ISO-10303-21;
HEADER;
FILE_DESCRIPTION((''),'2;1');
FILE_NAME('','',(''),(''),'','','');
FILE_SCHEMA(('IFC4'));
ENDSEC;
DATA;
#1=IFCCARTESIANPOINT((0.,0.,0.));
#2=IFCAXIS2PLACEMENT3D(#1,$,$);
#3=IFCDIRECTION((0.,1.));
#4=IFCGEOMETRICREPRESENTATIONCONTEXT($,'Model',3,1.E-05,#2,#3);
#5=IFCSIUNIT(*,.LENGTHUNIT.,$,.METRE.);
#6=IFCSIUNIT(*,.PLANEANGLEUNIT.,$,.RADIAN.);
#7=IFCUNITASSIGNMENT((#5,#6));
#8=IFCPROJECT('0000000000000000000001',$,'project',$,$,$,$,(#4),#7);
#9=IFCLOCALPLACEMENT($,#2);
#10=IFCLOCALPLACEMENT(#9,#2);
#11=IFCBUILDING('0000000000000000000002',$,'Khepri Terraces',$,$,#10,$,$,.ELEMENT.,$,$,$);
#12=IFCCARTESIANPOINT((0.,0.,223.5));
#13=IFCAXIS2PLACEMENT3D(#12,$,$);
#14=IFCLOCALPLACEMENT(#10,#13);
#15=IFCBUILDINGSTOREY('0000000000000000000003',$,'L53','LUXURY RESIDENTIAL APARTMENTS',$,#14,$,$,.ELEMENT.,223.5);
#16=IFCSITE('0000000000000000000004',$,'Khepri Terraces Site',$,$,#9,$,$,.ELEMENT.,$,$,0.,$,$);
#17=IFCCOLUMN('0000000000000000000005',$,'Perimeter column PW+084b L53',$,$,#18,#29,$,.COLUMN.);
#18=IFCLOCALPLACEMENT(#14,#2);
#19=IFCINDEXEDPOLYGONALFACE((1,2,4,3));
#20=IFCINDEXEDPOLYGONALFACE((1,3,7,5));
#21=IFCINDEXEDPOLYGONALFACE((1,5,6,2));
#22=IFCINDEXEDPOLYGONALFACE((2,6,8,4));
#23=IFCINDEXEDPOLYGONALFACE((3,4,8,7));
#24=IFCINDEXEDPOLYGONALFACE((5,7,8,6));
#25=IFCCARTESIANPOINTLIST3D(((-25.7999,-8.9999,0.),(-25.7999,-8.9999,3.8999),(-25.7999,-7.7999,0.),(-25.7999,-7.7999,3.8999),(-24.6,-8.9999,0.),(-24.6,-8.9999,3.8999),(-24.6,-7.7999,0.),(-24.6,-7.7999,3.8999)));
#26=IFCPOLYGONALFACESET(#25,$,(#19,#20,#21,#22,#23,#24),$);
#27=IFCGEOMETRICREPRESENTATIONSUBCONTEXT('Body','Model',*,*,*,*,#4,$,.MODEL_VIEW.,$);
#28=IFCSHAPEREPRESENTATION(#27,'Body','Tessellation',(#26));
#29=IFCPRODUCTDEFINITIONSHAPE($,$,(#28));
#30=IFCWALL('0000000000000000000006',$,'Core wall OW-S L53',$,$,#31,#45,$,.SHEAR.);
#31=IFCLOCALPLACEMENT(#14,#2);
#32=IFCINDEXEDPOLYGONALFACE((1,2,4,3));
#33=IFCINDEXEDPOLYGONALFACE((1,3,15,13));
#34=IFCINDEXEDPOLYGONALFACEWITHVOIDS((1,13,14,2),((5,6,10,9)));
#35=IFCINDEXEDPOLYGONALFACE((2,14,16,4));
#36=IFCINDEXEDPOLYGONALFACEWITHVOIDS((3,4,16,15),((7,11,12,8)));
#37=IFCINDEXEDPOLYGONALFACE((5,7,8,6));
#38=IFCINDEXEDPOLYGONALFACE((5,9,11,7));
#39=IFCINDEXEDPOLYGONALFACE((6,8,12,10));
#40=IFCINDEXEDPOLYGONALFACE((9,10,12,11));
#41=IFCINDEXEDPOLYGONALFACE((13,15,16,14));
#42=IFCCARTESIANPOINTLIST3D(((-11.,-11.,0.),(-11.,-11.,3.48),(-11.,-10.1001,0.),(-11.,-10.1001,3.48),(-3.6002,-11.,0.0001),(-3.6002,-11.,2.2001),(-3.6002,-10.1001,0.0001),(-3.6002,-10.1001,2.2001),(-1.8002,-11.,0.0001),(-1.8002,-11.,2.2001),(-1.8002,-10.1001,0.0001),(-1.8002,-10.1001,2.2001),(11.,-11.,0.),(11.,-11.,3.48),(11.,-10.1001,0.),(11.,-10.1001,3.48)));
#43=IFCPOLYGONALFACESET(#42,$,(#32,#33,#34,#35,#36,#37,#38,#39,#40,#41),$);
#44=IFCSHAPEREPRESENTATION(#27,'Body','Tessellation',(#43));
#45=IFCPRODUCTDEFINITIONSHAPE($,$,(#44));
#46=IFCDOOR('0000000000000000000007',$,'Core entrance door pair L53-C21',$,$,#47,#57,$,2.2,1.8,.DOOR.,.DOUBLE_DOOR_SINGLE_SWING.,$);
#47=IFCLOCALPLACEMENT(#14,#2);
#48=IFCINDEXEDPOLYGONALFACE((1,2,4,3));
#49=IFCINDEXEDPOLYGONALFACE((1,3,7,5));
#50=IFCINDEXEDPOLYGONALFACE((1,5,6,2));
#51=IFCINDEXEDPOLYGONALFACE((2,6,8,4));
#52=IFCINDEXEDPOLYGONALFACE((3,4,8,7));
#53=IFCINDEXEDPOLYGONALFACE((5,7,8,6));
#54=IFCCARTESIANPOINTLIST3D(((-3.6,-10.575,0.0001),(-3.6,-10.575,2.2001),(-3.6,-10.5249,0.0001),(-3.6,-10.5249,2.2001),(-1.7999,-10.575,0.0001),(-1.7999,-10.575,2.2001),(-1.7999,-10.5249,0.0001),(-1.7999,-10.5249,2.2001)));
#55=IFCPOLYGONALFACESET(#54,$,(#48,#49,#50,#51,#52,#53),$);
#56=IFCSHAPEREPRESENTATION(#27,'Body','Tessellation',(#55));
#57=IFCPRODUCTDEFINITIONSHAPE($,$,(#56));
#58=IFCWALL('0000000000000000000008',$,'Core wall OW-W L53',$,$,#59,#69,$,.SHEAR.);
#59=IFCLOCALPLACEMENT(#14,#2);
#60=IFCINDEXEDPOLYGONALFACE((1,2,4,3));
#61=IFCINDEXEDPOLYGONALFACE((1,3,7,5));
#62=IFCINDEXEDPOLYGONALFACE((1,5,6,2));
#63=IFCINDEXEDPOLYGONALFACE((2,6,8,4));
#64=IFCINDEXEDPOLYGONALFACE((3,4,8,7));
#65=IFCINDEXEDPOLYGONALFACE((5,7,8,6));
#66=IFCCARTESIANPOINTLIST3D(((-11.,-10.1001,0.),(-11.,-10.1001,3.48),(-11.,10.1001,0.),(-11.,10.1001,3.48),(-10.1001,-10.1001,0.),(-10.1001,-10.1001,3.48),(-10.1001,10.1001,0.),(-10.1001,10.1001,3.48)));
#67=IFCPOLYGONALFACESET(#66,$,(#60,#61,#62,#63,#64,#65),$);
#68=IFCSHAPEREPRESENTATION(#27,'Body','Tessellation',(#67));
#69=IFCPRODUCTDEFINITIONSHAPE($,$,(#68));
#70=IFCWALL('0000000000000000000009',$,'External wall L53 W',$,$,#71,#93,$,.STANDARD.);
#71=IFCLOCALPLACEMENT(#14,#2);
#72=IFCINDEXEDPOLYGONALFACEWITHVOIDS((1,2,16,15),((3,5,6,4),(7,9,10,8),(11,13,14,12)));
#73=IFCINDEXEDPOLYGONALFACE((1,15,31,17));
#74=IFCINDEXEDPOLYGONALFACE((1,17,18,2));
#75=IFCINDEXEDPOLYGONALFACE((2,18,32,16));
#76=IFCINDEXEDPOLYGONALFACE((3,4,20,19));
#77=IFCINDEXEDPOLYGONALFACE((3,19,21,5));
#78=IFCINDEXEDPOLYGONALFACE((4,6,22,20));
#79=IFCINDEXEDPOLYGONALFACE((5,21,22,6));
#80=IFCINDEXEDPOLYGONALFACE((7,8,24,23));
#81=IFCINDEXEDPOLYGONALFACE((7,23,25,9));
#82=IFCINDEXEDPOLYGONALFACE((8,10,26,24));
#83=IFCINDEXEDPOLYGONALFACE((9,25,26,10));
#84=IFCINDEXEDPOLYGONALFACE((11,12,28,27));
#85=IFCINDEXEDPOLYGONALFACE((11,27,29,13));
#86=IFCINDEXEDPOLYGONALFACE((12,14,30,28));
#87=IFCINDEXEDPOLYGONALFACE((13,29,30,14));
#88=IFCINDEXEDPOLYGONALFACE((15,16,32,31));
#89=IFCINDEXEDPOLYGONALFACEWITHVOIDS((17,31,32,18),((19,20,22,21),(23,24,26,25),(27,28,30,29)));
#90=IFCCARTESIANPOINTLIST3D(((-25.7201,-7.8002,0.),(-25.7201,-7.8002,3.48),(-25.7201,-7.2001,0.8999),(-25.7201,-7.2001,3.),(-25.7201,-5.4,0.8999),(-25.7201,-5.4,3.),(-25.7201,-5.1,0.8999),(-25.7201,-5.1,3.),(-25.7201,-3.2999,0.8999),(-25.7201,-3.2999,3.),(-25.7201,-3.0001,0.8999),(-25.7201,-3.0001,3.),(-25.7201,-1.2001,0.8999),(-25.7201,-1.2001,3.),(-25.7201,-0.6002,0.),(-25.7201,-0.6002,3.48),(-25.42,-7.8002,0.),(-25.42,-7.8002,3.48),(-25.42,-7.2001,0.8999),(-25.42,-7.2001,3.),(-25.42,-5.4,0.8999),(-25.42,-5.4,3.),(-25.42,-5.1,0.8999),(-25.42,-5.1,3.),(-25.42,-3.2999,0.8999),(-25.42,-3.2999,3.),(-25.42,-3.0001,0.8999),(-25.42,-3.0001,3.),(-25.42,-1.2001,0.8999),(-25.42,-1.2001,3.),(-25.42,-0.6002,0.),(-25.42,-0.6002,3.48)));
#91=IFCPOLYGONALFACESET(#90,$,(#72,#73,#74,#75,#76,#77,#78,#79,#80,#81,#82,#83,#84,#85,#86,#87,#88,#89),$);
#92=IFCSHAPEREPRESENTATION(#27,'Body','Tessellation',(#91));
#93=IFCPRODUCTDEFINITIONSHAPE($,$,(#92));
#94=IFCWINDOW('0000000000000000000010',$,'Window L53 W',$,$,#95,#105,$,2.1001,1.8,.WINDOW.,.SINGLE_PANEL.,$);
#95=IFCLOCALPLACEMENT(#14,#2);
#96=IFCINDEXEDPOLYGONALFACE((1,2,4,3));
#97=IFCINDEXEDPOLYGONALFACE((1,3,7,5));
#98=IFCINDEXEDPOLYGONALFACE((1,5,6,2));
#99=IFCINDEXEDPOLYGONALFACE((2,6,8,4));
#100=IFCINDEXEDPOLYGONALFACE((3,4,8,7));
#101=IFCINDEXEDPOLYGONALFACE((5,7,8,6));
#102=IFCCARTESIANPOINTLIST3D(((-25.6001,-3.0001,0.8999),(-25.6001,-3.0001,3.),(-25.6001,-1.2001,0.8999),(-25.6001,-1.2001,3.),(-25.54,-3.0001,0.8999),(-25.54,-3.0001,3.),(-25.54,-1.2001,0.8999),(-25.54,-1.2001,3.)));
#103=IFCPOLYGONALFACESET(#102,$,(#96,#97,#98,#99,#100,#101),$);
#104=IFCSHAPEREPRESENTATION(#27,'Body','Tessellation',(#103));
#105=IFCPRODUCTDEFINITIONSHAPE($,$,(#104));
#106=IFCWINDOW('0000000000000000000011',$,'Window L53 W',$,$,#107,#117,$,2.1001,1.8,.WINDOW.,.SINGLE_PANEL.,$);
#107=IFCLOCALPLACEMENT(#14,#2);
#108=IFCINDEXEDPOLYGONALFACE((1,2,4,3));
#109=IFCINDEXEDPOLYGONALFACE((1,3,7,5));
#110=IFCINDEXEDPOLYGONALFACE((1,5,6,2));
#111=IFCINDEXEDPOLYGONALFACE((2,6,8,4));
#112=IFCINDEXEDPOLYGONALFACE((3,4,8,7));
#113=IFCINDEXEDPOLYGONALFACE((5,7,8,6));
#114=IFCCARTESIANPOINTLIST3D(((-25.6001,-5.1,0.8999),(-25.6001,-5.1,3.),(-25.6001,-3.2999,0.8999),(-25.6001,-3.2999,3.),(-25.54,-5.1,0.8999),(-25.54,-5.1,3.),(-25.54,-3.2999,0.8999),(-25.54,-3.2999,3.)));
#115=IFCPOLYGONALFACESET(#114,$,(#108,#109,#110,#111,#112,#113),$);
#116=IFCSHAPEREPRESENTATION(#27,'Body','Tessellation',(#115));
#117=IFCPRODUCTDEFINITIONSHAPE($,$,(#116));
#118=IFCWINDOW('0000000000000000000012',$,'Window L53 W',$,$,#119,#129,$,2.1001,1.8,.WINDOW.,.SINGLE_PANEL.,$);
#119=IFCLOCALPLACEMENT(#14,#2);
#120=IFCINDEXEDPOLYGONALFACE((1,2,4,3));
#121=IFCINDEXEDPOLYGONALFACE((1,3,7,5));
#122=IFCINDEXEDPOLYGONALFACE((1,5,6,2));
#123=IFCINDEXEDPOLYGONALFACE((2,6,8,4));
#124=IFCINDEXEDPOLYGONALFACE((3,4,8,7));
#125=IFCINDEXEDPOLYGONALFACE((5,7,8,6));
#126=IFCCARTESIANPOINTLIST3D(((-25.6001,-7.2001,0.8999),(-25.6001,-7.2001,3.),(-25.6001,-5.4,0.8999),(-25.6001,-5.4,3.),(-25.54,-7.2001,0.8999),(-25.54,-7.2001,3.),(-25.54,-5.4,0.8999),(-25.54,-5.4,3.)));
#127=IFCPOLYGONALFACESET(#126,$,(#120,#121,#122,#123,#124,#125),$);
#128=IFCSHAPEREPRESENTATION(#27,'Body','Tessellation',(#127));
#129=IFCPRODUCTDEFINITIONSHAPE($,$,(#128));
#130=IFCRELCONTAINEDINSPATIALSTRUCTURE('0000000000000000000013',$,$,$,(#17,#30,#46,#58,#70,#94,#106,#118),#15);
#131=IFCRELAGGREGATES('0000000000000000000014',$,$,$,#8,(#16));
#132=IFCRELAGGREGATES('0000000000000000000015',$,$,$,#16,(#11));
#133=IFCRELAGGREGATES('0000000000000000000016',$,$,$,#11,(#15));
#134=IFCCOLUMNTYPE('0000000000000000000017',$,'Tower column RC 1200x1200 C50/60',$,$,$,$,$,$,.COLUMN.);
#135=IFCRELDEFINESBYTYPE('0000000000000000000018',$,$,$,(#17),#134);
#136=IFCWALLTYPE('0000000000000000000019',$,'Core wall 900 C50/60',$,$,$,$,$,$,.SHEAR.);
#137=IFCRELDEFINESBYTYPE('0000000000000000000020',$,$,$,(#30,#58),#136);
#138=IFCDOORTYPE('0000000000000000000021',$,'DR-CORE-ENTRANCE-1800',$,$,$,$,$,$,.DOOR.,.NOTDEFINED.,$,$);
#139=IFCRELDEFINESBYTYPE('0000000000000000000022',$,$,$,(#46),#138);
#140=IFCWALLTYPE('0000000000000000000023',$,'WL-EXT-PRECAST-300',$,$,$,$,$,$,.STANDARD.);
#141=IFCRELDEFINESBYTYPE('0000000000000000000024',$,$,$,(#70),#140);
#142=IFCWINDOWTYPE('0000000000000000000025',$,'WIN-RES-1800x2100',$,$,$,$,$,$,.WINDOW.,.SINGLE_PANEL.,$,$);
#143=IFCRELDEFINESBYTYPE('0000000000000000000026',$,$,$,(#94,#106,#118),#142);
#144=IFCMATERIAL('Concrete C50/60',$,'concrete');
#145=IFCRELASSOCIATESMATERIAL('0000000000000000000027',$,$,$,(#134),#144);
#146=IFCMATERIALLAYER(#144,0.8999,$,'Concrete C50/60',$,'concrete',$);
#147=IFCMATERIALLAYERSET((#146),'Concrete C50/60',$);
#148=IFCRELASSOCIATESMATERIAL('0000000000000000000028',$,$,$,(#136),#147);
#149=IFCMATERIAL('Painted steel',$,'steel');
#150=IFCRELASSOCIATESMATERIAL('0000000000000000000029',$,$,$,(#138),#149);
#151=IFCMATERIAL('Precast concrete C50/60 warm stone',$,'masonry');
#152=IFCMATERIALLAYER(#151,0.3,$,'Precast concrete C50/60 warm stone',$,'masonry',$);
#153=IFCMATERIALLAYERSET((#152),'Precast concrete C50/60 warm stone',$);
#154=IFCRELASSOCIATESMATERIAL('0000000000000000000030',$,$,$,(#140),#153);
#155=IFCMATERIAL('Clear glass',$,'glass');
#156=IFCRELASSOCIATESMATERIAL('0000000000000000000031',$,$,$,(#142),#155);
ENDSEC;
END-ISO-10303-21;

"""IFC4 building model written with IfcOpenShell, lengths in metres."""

from ifc_helpers import new_model, si_unit, direction, frame, frame_2d, origin, origin_2d, place, context, subcontext, project, spatial, rectangle, extrude, material, layer, layer_set, material_profile, profile_set, type_object, element, fill, save


model = new_model("IFC4")

# Units and contexts
model_context = context("Model", 3, precision=1e-05, world=origin(), true_north=direction((0.0, 1.0)))
body_context = subcontext(model_context, "Body", "Model", "MODEL_VIEW")
ifc_project = project(units=[si_unit("LENGTHUNIT", "METRE"), si_unit("PLANEANGLEUNIT", "RADIAN")], contexts=[model_context])

# Site, building, storey
site_placement = place(None, origin())
site = spatial("IfcSite", under=ifc_project, at=site_placement, Name="Khepri Terraces Site", CompositionType="ELEMENT", RefElevation=0.0)
building_placement = place(site_placement, origin())
building = spatial("IfcBuilding", under=site, at=building_placement, Name="Khepri Terraces", CompositionType="ELEMENT")
storey_placement = place(building_placement, frame((0.0, 0.0, 223.5)))
storey = spatial("IfcBuildingStorey", under=building, at=storey_placement, Name="L53", Description="LUXURY RESIDENTIAL APARTMENTS", CompositionType="ELEMENT", Elevation=223.5)

# Column
ifc_material_1 = material(Name="Concrete C50/60", Category="concrete")
ifc_material_profile = material_profile(ifc_material_1, rectangle(XDim=1.2, YDim=1.2, at=origin_2d()), Name="Concrete C50/60", Category="concrete")
ifc_profile_set = profile_set([ifc_material_profile], Name="Concrete C50/60")
column_type = type_object("IfcColumnType", Name="Tower column RC 1200x1200 C50/60", PredefinedType="COLUMN", material=ifc_profile_set)
column_placement = place(storey_placement, frame((-25.2, -8.3999, 0.0), z_axis=(0.0, 0.0, 1.0), x_axis=(1.0, 0.0, 0.0)))
element("IfcColumn", 1, at=column_placement, inside=storey, type_object=column_type, Name="Perimeter column PW+084b L53", PredefinedType="COLUMN", context=body_context, shape_type="SweptSolid", body=[
    extrude(rectangle(XDim=1.2, YDim=1.2, at=origin_2d()), origin(), (0.0, 0.0, 1.0), 3.8999),
])

# Wall, opening, door
ifc_layer_1 = layer(ifc_material_1, 0.8999, Name="Concrete C50/60", Category="concrete")
ifc_layer_set_1 = layer_set([ifc_layer_1], Name="Concrete C50/60")
wall_type_1 = type_object("IfcWallType", Name="Core wall 900 C50/60", PredefinedType="SHEAR", material=ifc_layer_set_1)
wall_1_placement = place(storey_placement, frame((-11.0, -10.55, 0.0), z_axis=(0.0, 0.0, 1.0), x_axis=(1.0, 0.0, 0.0)))
wall_1 = element("IfcWall", 2, at=wall_1_placement, inside=storey, type_object=wall_type_1, Name="Core wall OW-S L53", PredefinedType="SHEAR", context=body_context, shape_type="SweptSolid", body=[
    extrude(rectangle(XDim=22.0, YDim=0.8999, at=frame_2d((11.0, 0.0))), origin(), (0.0, 0.0, 1.0), 3.48),
])
opening_1_placement = place(wall_1_placement, frame((7.3999, 0.0, 0.0)))
opening_1 = element("IfcOpeningElement", 3, at=opening_1_placement, cuts=wall_1, PredefinedType="OPENING", context=body_context, shape_type="SweptSolid", body=[
    extrude(rectangle(XDim=1.8, YDim=2.2, at=frame_2d((0.8999, 1.1001))), frame((0.0, 0.46, 0.0), z_axis=(0.0, -1.0, 0.0), x_axis=(1.0, 0.0, 0.0)), (0.0, 0.0, 1.0), 0.9199),
])
ifc_material_2 = material(Name="Painted steel", Category="steel")
door_type_1 = type_object("IfcDoorType", Name="DR-CORE-ENTRANCE-1800", OperationType="NOTDEFINED", PredefinedType="DOOR", material=ifc_material_2)
door_1_placement = place(opening_1_placement, frame((1.8, 0.0, 0.0), z_axis=(0.0, 0.0, 1.0), x_axis=(-1.0, 0.0, 0.0)))
door_1 = element("IfcDoor", 4, at=door_1_placement, inside=storey, type_object=door_type_1, Name="Core entrance door pair L53-C21", OperationType="DOUBLE_DOOR_SINGLE_SWING", OverallHeight=2.2, OverallWidth=1.8, PredefinedType="DOOR", context=body_context, shape_type="SweptSolid", body=[
    extrude(rectangle(XDim=1.8, YDim=2.2, at=frame_2d((0.8999, 1.1001))), frame((0.0, 0.0249, 0.0), z_axis=(0.0, -1.0, 0.0), x_axis=(1.0, 0.0, 0.0)), (0.0, 0.0, 1.0), 0.05),
])
fill(opening_1, door_1)

# Wall
wall_2_placement = place(storey_placement, frame((-10.55, -10.1001, 0.0), z_axis=(0.0, 0.0, 1.0), x_axis=(0.0, 1.0, 0.0)))
element("IfcWall", 5, at=wall_2_placement, inside=storey, type_object=wall_type_1, Name="Core wall OW-W L53", PredefinedType="SHEAR", context=body_context, shape_type="SweptSolid", body=[
    extrude(rectangle(XDim=20.2002, YDim=0.8999, at=frame_2d((10.1001, 0.0))), origin(), (0.0, 0.0, 1.0), 3.48),
])

# Wall, openings, windows
ifc_material_3 = material(Name="Precast concrete C50/60 warm stone", Category="masonry")
ifc_layer_2 = layer(ifc_material_3, 0.3, Name="Precast concrete C50/60 warm stone", Category="masonry")
ifc_layer_set_2 = layer_set([ifc_layer_2], Name="Precast concrete C50/60 warm stone")
wall_type_2 = type_object("IfcWallType", Name="WL-EXT-PRECAST-300", PredefinedType="STANDARD", material=ifc_layer_set_2)
wall_3_placement = place(storey_placement, frame((-25.5701, -0.6001, 0.0), z_axis=(0.0, 0.0, 1.0), x_axis=(0.0, -1.0, 0.0)))
wall_3 = element("IfcWall", 6, at=wall_3_placement, inside=storey, type_object=wall_type_2, Name="External wall L53 W", PredefinedType="STANDARD", context=body_context, shape_type="SweptSolid", body=[
    extrude(rectangle(XDim=7.2, YDim=0.3, at=frame_2d((3.6001, 0.0))), origin(), (0.0, 0.0, 1.0), 3.48),
])
opening_2_placement = place(wall_3_placement, frame((0.6001, 0.0, 0.8999)))
opening_2 = element("IfcOpeningElement", 7, at=opening_2_placement, cuts=wall_3, PredefinedType="OPENING", context=body_context, shape_type="SweptSolid", body=[
    extrude(rectangle(XDim=1.8, YDim=2.1001, at=frame_2d((0.8999, 1.05))), frame((0.0, 0.1602, 0.0), z_axis=(0.0, -1.0, 0.0), x_axis=(1.0, 0.0, 0.0)), (0.0, 0.0, 1.0), 0.3201),
])
opening_3_placement = place(wall_3_placement, frame((2.7, 0.0, 0.8999)))
opening_3 = element("IfcOpeningElement", 8, at=opening_3_placement, cuts=wall_3, PredefinedType="OPENING", context=body_context, shape_type="SweptSolid", body=[
    extrude(rectangle(XDim=1.8, YDim=2.1001, at=frame_2d((0.8999, 1.05))), frame((0.0, 0.1602, 0.0), z_axis=(0.0, -1.0, 0.0), x_axis=(1.0, 0.0, 0.0)), (0.0, 0.0, 1.0), 0.3201),
])
opening_4_placement = place(wall_3_placement, frame((4.8, 0.0, 0.8999)))
opening_4 = element("IfcOpeningElement", 9, at=opening_4_placement, cuts=wall_3, PredefinedType="OPENING", context=body_context, shape_type="SweptSolid", body=[
    extrude(rectangle(XDim=1.8, YDim=2.1001, at=frame_2d((0.8999, 1.05))), frame((0.0, 0.1602, 0.0), z_axis=(0.0, -1.0, 0.0), x_axis=(1.0, 0.0, 0.0)), (0.0, 0.0, 1.0), 0.3201),
])
ifc_material_4 = material(Name="Clear glass", Category="glass")
window_type = type_object("IfcWindowType", Name="WIN-RES-1800x2100", PartitioningType="SINGLE_PANEL", PredefinedType="WINDOW", material=ifc_material_4)
window_1_placement = place(opening_2_placement, origin())
window_1 = element("IfcWindow", 10, at=window_1_placement, inside=storey, type_object=window_type, Name="Window L53 W", OverallHeight=2.1001, OverallWidth=1.8, PartitioningType="SINGLE_PANEL", PredefinedType="WINDOW", context=body_context, shape_type="SweptSolid", body=[
    extrude(rectangle(XDim=1.8, YDim=2.1001, at=frame_2d((0.8999, 1.05))), frame((0.0, 0.03, 0.0), z_axis=(0.0, -1.0, 0.0), x_axis=(1.0, 0.0, 0.0)), (0.0, 0.0, 1.0), 0.0601),
])
fill(opening_2, window_1)
window_2_placement = place(opening_3_placement, origin())
window_2 = element("IfcWindow", 11, at=window_2_placement, inside=storey, type_object=window_type, Name="Window L53 W", OverallHeight=2.1001, OverallWidth=1.8, PartitioningType="SINGLE_PANEL", PredefinedType="WINDOW", context=body_context, shape_type="SweptSolid", body=[
    extrude(rectangle(XDim=1.8, YDim=2.1001, at=frame_2d((0.8999, 1.05))), frame((0.0, 0.03, 0.0), z_axis=(0.0, -1.0, 0.0), x_axis=(1.0, 0.0, 0.0)), (0.0, 0.0, 1.0), 0.0601),
])
fill(opening_3, window_2)
window_3_placement = place(opening_4_placement, origin())
window_3 = element("IfcWindow", 12, at=window_3_placement, inside=storey, type_object=window_type, Name="Window L53 W", OverallHeight=2.1001, OverallWidth=1.8, PartitioningType="SINGLE_PANEL", PredefinedType="WINDOW", context=body_context, shape_type="SweptSolid", body=[
    extrude(rectangle(XDim=1.8, YDim=2.1001, at=frame_2d((0.8999, 1.05))), frame((0.0, 0.03, 0.0), z_axis=(0.0, -1.0, 0.0), x_axis=(1.0, 0.0, 0.0)), (0.0, 0.0, 1.0), 0.0601),
])
fill(opening_4, window_3)

save(model, "model.ifc")
